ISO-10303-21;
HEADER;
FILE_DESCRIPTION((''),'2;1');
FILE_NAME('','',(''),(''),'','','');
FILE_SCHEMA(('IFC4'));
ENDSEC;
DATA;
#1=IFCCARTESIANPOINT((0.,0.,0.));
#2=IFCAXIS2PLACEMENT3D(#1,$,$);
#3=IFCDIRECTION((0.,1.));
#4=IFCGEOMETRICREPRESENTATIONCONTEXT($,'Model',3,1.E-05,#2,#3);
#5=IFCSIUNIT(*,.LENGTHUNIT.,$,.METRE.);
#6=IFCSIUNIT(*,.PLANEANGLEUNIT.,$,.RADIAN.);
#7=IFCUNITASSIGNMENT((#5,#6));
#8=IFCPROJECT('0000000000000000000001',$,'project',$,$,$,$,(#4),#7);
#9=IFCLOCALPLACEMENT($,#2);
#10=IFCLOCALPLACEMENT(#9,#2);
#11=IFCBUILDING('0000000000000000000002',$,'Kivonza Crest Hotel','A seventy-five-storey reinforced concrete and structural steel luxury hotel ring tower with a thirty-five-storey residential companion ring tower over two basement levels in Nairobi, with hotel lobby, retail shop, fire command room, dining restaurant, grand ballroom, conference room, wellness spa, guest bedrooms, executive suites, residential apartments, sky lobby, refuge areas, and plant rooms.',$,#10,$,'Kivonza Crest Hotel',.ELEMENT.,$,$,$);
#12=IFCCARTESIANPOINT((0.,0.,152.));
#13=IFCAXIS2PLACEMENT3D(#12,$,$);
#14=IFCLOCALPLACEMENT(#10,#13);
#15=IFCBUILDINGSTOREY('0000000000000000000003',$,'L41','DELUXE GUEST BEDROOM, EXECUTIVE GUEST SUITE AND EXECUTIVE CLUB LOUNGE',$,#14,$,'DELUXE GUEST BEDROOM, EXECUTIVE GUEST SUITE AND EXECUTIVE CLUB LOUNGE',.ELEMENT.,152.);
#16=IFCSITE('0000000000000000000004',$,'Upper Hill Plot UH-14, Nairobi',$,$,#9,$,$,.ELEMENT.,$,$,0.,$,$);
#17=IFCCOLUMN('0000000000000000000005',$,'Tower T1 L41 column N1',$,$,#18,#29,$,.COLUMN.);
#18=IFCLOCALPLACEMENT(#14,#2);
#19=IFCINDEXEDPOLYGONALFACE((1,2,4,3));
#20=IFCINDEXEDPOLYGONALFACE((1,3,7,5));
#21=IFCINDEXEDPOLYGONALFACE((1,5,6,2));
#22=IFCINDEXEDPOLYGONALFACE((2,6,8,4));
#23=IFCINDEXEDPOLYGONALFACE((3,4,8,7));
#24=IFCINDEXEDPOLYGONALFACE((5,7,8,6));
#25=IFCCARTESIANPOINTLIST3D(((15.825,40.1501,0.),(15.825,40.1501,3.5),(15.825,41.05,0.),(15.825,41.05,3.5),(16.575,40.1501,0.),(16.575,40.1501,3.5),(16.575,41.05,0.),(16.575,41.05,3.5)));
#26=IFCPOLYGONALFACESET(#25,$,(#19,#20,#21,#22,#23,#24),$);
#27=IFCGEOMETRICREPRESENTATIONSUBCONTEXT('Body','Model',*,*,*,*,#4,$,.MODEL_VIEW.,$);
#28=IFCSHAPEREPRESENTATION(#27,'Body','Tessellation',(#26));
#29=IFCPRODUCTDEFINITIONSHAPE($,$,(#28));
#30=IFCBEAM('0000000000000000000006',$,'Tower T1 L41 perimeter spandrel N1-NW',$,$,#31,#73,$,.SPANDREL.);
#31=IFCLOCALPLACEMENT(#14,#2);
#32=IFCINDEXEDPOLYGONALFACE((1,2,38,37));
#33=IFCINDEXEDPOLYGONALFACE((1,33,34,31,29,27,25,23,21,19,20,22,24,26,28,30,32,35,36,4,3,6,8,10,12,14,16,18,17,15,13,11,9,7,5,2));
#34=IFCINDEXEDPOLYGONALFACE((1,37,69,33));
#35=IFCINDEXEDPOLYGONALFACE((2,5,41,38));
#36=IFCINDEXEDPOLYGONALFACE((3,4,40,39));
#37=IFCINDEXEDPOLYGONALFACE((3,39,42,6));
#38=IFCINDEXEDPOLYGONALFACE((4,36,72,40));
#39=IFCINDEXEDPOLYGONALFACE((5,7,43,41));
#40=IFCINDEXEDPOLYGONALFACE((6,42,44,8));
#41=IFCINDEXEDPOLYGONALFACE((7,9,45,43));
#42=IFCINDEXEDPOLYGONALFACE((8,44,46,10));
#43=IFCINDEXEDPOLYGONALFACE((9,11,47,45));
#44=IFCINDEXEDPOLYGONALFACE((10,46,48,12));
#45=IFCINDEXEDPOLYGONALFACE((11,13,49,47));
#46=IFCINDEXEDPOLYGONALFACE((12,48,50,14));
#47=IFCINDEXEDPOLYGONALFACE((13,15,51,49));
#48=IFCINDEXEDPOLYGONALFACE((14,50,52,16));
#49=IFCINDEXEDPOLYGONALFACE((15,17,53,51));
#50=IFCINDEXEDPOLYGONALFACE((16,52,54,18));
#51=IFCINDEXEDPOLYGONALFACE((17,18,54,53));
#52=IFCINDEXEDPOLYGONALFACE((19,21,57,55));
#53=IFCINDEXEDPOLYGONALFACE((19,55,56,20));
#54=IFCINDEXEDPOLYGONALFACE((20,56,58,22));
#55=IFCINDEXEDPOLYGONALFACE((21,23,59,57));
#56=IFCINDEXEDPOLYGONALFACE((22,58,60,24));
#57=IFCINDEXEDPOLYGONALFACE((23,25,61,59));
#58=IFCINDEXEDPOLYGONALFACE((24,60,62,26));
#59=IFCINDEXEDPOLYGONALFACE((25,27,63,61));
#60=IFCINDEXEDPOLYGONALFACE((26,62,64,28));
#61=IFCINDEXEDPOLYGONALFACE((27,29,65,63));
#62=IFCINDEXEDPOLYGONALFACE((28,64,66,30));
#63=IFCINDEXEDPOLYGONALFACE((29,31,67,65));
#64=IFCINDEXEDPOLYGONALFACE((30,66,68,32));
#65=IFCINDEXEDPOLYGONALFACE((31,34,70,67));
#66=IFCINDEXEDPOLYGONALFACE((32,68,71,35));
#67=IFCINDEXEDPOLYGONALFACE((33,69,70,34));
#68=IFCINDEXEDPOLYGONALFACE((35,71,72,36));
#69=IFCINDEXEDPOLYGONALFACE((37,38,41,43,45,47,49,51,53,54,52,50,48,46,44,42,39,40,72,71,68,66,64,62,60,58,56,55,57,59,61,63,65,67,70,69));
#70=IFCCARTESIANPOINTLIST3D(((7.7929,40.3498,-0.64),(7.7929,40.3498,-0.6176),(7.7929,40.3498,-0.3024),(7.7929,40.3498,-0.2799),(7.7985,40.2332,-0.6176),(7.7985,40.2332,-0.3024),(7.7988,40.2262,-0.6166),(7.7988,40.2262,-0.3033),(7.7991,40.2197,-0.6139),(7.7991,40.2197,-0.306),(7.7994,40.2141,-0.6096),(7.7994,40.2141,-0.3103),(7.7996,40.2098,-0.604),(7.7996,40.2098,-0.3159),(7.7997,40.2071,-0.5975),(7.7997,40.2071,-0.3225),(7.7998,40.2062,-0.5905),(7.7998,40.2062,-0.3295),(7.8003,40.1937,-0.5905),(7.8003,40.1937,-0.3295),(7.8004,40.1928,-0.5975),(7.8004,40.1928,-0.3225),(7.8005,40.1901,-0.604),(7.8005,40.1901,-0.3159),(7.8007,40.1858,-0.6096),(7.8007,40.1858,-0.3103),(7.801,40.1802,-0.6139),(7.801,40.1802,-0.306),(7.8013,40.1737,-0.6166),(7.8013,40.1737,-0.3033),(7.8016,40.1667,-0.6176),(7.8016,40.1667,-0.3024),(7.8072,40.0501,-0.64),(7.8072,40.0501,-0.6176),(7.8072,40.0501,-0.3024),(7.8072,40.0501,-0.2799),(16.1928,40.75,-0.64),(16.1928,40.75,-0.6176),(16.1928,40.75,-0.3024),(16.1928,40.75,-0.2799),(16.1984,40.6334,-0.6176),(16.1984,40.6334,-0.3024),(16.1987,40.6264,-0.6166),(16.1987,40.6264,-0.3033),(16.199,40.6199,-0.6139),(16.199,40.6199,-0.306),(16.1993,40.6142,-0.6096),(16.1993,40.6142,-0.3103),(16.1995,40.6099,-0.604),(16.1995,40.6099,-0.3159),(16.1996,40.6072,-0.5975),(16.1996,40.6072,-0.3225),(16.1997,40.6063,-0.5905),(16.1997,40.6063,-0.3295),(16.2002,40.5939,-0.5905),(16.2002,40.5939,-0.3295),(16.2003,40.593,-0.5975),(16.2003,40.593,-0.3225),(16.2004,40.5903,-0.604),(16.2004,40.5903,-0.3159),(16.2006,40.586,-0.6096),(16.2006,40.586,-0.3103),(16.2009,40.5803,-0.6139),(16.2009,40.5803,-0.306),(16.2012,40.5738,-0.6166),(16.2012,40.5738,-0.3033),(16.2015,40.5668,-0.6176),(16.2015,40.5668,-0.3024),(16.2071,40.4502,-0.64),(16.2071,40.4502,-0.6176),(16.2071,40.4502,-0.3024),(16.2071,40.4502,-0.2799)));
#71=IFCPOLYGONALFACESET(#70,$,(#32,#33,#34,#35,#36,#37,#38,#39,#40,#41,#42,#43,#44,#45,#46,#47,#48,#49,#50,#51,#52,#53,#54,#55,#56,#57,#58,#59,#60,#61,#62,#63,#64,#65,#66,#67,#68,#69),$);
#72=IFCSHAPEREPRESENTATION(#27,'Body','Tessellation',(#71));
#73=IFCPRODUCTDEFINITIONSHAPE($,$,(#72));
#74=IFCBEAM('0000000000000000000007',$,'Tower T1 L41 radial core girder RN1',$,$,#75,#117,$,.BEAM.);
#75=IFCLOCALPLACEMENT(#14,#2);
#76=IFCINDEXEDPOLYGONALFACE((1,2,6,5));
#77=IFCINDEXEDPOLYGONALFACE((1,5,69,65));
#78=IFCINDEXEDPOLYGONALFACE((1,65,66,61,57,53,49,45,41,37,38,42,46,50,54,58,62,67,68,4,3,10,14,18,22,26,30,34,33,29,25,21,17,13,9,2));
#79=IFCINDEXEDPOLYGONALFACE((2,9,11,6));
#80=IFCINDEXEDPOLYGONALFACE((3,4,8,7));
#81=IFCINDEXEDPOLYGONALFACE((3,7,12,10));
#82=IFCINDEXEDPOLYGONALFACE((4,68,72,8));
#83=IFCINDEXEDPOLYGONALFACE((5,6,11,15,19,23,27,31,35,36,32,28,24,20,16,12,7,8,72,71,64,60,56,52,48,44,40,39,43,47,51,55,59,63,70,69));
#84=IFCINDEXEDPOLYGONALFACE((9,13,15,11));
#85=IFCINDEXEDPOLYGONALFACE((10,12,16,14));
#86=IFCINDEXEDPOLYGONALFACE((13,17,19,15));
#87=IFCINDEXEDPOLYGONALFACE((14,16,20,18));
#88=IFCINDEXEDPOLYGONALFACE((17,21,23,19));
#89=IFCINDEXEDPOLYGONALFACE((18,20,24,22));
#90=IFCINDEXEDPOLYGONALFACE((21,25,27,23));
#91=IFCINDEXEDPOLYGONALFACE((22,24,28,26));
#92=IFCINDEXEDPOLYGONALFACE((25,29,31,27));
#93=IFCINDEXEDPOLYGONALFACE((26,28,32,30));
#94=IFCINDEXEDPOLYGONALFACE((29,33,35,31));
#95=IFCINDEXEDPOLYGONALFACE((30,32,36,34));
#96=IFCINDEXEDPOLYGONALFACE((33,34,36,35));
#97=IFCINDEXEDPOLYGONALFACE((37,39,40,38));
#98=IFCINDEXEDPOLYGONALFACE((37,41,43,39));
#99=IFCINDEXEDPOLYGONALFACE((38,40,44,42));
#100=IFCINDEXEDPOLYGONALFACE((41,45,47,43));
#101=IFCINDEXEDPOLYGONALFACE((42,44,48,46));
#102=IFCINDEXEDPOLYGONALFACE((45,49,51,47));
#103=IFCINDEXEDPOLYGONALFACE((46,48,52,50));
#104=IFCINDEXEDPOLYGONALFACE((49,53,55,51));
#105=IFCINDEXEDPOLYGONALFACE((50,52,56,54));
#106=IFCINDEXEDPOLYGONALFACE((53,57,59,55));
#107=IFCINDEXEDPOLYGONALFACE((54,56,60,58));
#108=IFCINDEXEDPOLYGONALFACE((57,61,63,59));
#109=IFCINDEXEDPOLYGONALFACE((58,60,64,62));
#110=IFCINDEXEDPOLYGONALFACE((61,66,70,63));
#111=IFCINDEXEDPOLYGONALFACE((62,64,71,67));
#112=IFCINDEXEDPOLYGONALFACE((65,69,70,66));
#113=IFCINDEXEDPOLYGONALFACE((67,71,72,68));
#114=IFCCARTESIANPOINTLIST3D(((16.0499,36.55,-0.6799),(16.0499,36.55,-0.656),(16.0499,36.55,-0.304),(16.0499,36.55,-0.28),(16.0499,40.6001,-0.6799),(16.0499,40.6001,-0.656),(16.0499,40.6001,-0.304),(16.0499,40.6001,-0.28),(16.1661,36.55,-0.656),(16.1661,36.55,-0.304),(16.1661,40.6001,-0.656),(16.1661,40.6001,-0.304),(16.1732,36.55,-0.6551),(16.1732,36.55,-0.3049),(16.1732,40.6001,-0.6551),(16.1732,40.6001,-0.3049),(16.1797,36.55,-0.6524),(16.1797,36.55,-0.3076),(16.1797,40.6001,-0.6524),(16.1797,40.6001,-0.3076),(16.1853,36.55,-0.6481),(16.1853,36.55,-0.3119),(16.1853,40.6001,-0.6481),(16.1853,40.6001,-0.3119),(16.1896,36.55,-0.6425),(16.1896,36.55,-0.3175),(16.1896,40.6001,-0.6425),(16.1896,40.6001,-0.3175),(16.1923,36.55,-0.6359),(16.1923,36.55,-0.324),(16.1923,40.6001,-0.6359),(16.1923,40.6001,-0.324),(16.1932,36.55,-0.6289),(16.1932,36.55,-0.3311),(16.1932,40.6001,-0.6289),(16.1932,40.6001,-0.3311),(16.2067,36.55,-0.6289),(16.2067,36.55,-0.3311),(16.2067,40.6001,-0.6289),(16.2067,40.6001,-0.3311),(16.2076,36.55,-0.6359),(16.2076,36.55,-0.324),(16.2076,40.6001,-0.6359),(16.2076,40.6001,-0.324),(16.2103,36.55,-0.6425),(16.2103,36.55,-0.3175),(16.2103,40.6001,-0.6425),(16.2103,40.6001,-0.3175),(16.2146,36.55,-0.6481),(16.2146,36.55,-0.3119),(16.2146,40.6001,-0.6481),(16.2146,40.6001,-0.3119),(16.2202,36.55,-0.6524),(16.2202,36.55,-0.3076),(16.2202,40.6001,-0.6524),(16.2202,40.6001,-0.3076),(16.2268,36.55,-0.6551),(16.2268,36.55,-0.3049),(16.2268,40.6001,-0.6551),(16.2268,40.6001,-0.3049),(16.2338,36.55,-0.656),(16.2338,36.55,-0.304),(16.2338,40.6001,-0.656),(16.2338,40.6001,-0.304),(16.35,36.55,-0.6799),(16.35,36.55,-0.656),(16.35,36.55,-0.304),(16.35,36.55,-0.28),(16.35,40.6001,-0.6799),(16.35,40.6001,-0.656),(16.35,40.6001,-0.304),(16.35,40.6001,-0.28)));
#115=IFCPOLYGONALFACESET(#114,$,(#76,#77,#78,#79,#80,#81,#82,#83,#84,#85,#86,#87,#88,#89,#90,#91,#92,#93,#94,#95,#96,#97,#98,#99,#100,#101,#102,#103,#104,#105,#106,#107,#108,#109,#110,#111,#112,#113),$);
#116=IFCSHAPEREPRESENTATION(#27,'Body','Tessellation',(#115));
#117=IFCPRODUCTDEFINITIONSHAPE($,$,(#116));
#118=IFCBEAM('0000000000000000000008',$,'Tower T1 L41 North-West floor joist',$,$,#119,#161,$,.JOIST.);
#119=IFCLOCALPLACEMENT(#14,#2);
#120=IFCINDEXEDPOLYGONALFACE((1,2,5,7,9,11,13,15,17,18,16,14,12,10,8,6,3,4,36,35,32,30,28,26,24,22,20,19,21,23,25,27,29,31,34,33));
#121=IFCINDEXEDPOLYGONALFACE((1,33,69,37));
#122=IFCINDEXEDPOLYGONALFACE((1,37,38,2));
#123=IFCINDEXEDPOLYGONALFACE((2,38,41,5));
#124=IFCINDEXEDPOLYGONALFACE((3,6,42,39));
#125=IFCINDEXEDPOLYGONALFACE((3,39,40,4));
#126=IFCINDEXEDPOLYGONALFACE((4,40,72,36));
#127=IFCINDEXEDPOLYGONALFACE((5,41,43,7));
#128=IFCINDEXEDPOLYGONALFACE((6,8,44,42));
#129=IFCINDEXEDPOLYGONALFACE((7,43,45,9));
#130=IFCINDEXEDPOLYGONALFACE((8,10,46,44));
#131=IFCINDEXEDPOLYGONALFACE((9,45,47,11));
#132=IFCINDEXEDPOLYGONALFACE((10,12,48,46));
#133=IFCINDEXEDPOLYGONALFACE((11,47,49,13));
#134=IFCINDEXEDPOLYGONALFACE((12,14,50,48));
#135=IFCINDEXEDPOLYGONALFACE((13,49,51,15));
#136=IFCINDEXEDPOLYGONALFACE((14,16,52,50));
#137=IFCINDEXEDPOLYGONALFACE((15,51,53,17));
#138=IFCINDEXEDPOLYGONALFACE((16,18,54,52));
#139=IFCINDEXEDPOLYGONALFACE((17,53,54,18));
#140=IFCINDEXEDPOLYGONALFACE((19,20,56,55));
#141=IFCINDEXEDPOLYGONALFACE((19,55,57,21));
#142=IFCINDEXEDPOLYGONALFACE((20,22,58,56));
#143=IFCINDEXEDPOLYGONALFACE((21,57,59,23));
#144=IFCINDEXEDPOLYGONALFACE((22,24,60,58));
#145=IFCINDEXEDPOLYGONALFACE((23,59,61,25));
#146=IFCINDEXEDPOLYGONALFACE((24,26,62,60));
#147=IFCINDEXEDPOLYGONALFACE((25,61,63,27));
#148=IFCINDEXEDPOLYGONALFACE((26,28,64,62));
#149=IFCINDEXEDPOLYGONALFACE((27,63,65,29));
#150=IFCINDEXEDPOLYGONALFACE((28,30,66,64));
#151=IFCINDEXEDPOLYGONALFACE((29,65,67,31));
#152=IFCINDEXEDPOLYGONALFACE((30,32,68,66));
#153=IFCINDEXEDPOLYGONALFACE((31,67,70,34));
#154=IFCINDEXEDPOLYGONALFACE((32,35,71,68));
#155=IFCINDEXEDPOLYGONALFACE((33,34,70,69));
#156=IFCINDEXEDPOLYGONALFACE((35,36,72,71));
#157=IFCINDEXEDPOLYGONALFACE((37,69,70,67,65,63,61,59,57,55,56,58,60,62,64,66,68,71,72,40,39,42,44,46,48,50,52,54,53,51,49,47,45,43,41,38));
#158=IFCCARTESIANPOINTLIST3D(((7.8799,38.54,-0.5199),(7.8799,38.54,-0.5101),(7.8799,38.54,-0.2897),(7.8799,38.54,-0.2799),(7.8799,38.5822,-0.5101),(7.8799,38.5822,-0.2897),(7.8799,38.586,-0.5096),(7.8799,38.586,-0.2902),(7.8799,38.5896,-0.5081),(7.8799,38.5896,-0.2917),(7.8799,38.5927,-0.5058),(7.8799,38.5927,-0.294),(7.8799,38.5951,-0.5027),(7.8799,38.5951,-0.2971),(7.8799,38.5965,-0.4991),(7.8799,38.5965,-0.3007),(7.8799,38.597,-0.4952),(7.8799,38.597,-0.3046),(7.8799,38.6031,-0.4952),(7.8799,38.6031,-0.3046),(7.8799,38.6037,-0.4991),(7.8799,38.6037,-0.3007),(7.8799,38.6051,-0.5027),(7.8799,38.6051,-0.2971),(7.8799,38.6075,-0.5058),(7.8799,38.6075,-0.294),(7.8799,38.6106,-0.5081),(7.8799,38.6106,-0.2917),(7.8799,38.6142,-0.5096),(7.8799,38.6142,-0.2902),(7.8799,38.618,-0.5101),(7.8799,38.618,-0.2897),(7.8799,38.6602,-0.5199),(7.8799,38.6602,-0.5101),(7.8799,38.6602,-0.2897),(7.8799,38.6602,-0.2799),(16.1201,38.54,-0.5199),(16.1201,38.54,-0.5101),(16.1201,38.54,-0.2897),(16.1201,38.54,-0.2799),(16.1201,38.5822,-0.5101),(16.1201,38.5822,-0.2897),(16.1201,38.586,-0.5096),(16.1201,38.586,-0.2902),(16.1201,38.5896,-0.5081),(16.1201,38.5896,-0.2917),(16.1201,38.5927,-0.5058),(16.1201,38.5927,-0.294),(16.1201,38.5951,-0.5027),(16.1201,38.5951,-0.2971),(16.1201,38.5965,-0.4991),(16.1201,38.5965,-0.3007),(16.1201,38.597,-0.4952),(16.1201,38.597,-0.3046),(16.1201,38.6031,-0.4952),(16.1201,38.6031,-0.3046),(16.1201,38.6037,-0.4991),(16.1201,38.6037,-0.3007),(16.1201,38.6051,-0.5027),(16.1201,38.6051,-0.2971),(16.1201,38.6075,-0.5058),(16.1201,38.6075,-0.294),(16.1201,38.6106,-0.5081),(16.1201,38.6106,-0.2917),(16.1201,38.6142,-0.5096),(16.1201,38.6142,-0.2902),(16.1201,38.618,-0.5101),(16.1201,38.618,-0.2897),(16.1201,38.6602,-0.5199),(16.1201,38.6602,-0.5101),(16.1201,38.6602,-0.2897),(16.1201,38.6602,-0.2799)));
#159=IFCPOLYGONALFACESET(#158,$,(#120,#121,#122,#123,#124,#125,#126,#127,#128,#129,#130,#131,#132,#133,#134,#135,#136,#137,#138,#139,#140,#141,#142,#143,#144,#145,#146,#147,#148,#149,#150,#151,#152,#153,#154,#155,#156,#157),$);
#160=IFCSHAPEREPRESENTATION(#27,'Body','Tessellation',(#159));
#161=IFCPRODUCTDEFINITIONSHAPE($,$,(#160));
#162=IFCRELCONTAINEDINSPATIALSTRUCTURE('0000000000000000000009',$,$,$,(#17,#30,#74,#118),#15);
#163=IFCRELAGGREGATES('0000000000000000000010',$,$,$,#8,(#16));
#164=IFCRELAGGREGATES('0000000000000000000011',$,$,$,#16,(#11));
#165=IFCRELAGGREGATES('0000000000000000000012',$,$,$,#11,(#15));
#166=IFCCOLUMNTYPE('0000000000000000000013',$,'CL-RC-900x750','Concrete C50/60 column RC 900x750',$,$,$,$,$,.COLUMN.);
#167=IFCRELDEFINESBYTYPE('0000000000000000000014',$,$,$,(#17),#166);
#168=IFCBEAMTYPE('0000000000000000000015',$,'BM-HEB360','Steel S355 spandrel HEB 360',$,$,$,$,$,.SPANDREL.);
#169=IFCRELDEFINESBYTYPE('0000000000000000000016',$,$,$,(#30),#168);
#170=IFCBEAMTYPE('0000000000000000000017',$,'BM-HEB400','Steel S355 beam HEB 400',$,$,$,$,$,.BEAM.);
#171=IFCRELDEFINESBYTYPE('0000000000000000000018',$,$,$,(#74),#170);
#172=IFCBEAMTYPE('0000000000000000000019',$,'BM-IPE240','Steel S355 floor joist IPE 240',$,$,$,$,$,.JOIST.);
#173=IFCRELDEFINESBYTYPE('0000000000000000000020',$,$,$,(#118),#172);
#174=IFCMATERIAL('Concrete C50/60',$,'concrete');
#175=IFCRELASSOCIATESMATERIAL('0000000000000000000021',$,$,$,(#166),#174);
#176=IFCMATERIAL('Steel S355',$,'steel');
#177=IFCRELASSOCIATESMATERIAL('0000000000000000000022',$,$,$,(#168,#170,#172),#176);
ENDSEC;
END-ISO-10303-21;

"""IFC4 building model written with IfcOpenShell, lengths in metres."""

from ifc_helpers import new_model, si_unit, direction, frame, origin, origin_2d, place, context, subcontext, project, spatial, rectangle, i_section, extrude, material, material_profile, profile_set, type_object, element, save


model = new_model("IFC4")

# Units and contexts
model_context = context("Model", 3, precision=1e-05, world=origin(), true_north=direction((0.0, 1.0)))
body_context = subcontext(model_context, "Body", "Model", "MODEL_VIEW")
ifc_project = project(units=[si_unit("LENGTHUNIT", "METRE"), si_unit("PLANEANGLEUNIT", "RADIAN")], contexts=[model_context])

# Site, building, storey
site_placement = place(None, origin())
site = spatial("IfcSite", under=ifc_project, at=site_placement, Name="Upper Hill Plot UH-14, Nairobi", CompositionType="ELEMENT", RefElevation=0.0)
building_placement = place(site_placement, origin())
building = spatial("IfcBuilding", under=site, at=building_placement, Name="Kivonza Crest Hotel", Description="A seventy-five-storey reinforced concrete and structural steel luxury hotel ring tower with a thirty-five-storey residential companion ring tower over two basement levels in Nairobi, with hotel lobby, retail shop, fire command room, dining restaurant, grand ballroom, conference room, wellness spa, guest bedrooms, executive suites, residential apartments, sky lobby, refuge areas, and plant rooms.", LongName="Kivonza Crest Hotel", CompositionType="ELEMENT")
storey_placement = place(building_placement, frame((0.0, 0.0, 152.0)))
storey = spatial("IfcBuildingStorey", under=building, at=storey_placement, Name="L41", Description="DELUXE GUEST BEDROOM, EXECUTIVE GUEST SUITE AND EXECUTIVE CLUB LOUNGE", LongName="DELUXE GUEST BEDROOM, EXECUTIVE GUEST SUITE AND EXECUTIVE CLUB LOUNGE", CompositionType="ELEMENT", Elevation=152.0)

# Column
ifc_material_1 = material(Name="Concrete C50/60", Category="concrete")
ifc_material_profile_1 = material_profile(ifc_material_1, rectangle(XDim=0.75, YDim=0.8999, at=origin_2d()), Name="RC 900x750")
ifc_profile_set_1 = profile_set([ifc_material_profile_1], Name="Concrete C50/60")
column_type = type_object("IfcColumnType", Name="CL-RC-900x750", Description="Concrete C50/60 column RC 900x750", PredefinedType="COLUMN", material=ifc_profile_set_1)
column_placement = place(storey_placement, frame((16.2, 40.6001, 0.0), z_axis=(0.0, 0.0, 1.0), x_axis=(1.0, 0.0, 0.0)))
element("IfcColumn", 1, at=column_placement, inside=storey, type_object=column_type, Name="Tower T1 L41 column N1", PredefinedType="COLUMN", context=body_context, shape_type="SweptSolid", body=[
    extrude(rectangle(XDim=0.75, YDim=0.8999, at=origin_2d()), origin(), (0.0, 0.0, 1.0), 3.5),
])

# Beams
ifc_material_2 = material(Name="Steel S355", Category="steel")
ifc_material_profile_2 = material_profile(ifc_material_2, i_section(OverallWidth=0.3, OverallDepth=0.3601, WebThickness=0.0125, FlangeThickness=0.0225, FilletRadius=0.0271, at=origin_2d()), Name="HEB 360")
ifc_profile_set_2 = profile_set([ifc_material_profile_2], Name="Steel S355")
beam_type_1 = type_object("IfcBeamType", Name="BM-HEB360", Description="Steel S355 spandrel HEB 360", PredefinedType="SPANDREL", material=ifc_profile_set_2)
beam_1_placement = place(storey_placement, frame((16.2, 40.6001, -0.46), z_axis=(-0.998867, -0.047583, 0.0), x_axis=(0.047583, -0.998867, 0.0)))
element("IfcBeam", 2, at=beam_1_placement, inside=storey, type_object=beam_type_1, Name="Tower T1 L41 perimeter spandrel N1-NW", PredefinedType="SPANDREL", context=body_context, shape_type="SweptSolid", body=[
    extrude(i_section(OverallWidth=0.3, OverallDepth=0.3601, WebThickness=0.0125, FlangeThickness=0.0225, FilletRadius=0.0271, at=origin_2d()), origin(), (0.0, 0.0, 1.0), 8.4094),
])
ifc_material_profile_3 = material_profile(ifc_material_2, i_section(OverallWidth=0.3, OverallDepth=0.3999, WebThickness=0.0134, FlangeThickness=0.0239, FilletRadius=0.0271, at=origin_2d()), Name="HEB 400")
ifc_profile_set_3 = profile_set([ifc_material_profile_3], Name="Steel S355")
beam_type_2 = type_object("IfcBeamType", Name="BM-HEB400", Description="Steel S355 beam HEB 400", PredefinedType="BEAM", material=ifc_profile_set_3)
beam_2_placement = place(storey_placement, frame((16.2, 40.6001, -0.48), z_axis=(0.0, -1.0, 0.0), x_axis=(1.0, 0.0, 0.0)))
element("IfcBeam", 3, at=beam_2_placement, inside=storey, type_object=beam_type_2, Name="Tower T1 L41 radial core girder RN1", PredefinedType="BEAM", context=body_context, shape_type="SweptSolid", body=[
    extrude(i_section(OverallWidth=0.3, OverallDepth=0.3999, WebThickness=0.0134, FlangeThickness=0.0239, FilletRadius=0.0271, at=origin_2d()), origin(), (0.0, 0.0, 1.0), 4.05),
])
ifc_material_profile_4 = material_profile(ifc_material_2, i_section(OverallWidth=0.1201, OverallDepth=0.24, WebThickness=0.0061, FlangeThickness=0.0098, FilletRadius=0.0149, at=origin_2d()), Name="IPE 240")
ifc_profile_set_4 = profile_set([ifc_material_profile_4], Name="Steel S355")
beam_type_3 = type_object("IfcBeamType", Name="BM-IPE240", Description="Steel S355 floor joist IPE 240", PredefinedType="JOIST", material=ifc_profile_set_4)
beam_3_placement = place(storey_placement, frame((7.8799, 38.6001, -0.3999), z_axis=(1.0, 0.0, 0.0), x_axis=(0.0, 1.0, 0.0)))
element("IfcBeam", 4, at=beam_3_placement, inside=storey, type_object=beam_type_3, Name="Tower T1 L41 North-West floor joist", PredefinedType="JOIST", context=body_context, shape_type="SweptSolid", body=[
    extrude(i_section(OverallWidth=0.1201, OverallDepth=0.24, WebThickness=0.0061, FlangeThickness=0.0098, FilletRadius=0.0149, at=origin_2d()), origin(), (0.0, 0.0, 1.0), 8.2402),
])

save(model, "model.ifc")
